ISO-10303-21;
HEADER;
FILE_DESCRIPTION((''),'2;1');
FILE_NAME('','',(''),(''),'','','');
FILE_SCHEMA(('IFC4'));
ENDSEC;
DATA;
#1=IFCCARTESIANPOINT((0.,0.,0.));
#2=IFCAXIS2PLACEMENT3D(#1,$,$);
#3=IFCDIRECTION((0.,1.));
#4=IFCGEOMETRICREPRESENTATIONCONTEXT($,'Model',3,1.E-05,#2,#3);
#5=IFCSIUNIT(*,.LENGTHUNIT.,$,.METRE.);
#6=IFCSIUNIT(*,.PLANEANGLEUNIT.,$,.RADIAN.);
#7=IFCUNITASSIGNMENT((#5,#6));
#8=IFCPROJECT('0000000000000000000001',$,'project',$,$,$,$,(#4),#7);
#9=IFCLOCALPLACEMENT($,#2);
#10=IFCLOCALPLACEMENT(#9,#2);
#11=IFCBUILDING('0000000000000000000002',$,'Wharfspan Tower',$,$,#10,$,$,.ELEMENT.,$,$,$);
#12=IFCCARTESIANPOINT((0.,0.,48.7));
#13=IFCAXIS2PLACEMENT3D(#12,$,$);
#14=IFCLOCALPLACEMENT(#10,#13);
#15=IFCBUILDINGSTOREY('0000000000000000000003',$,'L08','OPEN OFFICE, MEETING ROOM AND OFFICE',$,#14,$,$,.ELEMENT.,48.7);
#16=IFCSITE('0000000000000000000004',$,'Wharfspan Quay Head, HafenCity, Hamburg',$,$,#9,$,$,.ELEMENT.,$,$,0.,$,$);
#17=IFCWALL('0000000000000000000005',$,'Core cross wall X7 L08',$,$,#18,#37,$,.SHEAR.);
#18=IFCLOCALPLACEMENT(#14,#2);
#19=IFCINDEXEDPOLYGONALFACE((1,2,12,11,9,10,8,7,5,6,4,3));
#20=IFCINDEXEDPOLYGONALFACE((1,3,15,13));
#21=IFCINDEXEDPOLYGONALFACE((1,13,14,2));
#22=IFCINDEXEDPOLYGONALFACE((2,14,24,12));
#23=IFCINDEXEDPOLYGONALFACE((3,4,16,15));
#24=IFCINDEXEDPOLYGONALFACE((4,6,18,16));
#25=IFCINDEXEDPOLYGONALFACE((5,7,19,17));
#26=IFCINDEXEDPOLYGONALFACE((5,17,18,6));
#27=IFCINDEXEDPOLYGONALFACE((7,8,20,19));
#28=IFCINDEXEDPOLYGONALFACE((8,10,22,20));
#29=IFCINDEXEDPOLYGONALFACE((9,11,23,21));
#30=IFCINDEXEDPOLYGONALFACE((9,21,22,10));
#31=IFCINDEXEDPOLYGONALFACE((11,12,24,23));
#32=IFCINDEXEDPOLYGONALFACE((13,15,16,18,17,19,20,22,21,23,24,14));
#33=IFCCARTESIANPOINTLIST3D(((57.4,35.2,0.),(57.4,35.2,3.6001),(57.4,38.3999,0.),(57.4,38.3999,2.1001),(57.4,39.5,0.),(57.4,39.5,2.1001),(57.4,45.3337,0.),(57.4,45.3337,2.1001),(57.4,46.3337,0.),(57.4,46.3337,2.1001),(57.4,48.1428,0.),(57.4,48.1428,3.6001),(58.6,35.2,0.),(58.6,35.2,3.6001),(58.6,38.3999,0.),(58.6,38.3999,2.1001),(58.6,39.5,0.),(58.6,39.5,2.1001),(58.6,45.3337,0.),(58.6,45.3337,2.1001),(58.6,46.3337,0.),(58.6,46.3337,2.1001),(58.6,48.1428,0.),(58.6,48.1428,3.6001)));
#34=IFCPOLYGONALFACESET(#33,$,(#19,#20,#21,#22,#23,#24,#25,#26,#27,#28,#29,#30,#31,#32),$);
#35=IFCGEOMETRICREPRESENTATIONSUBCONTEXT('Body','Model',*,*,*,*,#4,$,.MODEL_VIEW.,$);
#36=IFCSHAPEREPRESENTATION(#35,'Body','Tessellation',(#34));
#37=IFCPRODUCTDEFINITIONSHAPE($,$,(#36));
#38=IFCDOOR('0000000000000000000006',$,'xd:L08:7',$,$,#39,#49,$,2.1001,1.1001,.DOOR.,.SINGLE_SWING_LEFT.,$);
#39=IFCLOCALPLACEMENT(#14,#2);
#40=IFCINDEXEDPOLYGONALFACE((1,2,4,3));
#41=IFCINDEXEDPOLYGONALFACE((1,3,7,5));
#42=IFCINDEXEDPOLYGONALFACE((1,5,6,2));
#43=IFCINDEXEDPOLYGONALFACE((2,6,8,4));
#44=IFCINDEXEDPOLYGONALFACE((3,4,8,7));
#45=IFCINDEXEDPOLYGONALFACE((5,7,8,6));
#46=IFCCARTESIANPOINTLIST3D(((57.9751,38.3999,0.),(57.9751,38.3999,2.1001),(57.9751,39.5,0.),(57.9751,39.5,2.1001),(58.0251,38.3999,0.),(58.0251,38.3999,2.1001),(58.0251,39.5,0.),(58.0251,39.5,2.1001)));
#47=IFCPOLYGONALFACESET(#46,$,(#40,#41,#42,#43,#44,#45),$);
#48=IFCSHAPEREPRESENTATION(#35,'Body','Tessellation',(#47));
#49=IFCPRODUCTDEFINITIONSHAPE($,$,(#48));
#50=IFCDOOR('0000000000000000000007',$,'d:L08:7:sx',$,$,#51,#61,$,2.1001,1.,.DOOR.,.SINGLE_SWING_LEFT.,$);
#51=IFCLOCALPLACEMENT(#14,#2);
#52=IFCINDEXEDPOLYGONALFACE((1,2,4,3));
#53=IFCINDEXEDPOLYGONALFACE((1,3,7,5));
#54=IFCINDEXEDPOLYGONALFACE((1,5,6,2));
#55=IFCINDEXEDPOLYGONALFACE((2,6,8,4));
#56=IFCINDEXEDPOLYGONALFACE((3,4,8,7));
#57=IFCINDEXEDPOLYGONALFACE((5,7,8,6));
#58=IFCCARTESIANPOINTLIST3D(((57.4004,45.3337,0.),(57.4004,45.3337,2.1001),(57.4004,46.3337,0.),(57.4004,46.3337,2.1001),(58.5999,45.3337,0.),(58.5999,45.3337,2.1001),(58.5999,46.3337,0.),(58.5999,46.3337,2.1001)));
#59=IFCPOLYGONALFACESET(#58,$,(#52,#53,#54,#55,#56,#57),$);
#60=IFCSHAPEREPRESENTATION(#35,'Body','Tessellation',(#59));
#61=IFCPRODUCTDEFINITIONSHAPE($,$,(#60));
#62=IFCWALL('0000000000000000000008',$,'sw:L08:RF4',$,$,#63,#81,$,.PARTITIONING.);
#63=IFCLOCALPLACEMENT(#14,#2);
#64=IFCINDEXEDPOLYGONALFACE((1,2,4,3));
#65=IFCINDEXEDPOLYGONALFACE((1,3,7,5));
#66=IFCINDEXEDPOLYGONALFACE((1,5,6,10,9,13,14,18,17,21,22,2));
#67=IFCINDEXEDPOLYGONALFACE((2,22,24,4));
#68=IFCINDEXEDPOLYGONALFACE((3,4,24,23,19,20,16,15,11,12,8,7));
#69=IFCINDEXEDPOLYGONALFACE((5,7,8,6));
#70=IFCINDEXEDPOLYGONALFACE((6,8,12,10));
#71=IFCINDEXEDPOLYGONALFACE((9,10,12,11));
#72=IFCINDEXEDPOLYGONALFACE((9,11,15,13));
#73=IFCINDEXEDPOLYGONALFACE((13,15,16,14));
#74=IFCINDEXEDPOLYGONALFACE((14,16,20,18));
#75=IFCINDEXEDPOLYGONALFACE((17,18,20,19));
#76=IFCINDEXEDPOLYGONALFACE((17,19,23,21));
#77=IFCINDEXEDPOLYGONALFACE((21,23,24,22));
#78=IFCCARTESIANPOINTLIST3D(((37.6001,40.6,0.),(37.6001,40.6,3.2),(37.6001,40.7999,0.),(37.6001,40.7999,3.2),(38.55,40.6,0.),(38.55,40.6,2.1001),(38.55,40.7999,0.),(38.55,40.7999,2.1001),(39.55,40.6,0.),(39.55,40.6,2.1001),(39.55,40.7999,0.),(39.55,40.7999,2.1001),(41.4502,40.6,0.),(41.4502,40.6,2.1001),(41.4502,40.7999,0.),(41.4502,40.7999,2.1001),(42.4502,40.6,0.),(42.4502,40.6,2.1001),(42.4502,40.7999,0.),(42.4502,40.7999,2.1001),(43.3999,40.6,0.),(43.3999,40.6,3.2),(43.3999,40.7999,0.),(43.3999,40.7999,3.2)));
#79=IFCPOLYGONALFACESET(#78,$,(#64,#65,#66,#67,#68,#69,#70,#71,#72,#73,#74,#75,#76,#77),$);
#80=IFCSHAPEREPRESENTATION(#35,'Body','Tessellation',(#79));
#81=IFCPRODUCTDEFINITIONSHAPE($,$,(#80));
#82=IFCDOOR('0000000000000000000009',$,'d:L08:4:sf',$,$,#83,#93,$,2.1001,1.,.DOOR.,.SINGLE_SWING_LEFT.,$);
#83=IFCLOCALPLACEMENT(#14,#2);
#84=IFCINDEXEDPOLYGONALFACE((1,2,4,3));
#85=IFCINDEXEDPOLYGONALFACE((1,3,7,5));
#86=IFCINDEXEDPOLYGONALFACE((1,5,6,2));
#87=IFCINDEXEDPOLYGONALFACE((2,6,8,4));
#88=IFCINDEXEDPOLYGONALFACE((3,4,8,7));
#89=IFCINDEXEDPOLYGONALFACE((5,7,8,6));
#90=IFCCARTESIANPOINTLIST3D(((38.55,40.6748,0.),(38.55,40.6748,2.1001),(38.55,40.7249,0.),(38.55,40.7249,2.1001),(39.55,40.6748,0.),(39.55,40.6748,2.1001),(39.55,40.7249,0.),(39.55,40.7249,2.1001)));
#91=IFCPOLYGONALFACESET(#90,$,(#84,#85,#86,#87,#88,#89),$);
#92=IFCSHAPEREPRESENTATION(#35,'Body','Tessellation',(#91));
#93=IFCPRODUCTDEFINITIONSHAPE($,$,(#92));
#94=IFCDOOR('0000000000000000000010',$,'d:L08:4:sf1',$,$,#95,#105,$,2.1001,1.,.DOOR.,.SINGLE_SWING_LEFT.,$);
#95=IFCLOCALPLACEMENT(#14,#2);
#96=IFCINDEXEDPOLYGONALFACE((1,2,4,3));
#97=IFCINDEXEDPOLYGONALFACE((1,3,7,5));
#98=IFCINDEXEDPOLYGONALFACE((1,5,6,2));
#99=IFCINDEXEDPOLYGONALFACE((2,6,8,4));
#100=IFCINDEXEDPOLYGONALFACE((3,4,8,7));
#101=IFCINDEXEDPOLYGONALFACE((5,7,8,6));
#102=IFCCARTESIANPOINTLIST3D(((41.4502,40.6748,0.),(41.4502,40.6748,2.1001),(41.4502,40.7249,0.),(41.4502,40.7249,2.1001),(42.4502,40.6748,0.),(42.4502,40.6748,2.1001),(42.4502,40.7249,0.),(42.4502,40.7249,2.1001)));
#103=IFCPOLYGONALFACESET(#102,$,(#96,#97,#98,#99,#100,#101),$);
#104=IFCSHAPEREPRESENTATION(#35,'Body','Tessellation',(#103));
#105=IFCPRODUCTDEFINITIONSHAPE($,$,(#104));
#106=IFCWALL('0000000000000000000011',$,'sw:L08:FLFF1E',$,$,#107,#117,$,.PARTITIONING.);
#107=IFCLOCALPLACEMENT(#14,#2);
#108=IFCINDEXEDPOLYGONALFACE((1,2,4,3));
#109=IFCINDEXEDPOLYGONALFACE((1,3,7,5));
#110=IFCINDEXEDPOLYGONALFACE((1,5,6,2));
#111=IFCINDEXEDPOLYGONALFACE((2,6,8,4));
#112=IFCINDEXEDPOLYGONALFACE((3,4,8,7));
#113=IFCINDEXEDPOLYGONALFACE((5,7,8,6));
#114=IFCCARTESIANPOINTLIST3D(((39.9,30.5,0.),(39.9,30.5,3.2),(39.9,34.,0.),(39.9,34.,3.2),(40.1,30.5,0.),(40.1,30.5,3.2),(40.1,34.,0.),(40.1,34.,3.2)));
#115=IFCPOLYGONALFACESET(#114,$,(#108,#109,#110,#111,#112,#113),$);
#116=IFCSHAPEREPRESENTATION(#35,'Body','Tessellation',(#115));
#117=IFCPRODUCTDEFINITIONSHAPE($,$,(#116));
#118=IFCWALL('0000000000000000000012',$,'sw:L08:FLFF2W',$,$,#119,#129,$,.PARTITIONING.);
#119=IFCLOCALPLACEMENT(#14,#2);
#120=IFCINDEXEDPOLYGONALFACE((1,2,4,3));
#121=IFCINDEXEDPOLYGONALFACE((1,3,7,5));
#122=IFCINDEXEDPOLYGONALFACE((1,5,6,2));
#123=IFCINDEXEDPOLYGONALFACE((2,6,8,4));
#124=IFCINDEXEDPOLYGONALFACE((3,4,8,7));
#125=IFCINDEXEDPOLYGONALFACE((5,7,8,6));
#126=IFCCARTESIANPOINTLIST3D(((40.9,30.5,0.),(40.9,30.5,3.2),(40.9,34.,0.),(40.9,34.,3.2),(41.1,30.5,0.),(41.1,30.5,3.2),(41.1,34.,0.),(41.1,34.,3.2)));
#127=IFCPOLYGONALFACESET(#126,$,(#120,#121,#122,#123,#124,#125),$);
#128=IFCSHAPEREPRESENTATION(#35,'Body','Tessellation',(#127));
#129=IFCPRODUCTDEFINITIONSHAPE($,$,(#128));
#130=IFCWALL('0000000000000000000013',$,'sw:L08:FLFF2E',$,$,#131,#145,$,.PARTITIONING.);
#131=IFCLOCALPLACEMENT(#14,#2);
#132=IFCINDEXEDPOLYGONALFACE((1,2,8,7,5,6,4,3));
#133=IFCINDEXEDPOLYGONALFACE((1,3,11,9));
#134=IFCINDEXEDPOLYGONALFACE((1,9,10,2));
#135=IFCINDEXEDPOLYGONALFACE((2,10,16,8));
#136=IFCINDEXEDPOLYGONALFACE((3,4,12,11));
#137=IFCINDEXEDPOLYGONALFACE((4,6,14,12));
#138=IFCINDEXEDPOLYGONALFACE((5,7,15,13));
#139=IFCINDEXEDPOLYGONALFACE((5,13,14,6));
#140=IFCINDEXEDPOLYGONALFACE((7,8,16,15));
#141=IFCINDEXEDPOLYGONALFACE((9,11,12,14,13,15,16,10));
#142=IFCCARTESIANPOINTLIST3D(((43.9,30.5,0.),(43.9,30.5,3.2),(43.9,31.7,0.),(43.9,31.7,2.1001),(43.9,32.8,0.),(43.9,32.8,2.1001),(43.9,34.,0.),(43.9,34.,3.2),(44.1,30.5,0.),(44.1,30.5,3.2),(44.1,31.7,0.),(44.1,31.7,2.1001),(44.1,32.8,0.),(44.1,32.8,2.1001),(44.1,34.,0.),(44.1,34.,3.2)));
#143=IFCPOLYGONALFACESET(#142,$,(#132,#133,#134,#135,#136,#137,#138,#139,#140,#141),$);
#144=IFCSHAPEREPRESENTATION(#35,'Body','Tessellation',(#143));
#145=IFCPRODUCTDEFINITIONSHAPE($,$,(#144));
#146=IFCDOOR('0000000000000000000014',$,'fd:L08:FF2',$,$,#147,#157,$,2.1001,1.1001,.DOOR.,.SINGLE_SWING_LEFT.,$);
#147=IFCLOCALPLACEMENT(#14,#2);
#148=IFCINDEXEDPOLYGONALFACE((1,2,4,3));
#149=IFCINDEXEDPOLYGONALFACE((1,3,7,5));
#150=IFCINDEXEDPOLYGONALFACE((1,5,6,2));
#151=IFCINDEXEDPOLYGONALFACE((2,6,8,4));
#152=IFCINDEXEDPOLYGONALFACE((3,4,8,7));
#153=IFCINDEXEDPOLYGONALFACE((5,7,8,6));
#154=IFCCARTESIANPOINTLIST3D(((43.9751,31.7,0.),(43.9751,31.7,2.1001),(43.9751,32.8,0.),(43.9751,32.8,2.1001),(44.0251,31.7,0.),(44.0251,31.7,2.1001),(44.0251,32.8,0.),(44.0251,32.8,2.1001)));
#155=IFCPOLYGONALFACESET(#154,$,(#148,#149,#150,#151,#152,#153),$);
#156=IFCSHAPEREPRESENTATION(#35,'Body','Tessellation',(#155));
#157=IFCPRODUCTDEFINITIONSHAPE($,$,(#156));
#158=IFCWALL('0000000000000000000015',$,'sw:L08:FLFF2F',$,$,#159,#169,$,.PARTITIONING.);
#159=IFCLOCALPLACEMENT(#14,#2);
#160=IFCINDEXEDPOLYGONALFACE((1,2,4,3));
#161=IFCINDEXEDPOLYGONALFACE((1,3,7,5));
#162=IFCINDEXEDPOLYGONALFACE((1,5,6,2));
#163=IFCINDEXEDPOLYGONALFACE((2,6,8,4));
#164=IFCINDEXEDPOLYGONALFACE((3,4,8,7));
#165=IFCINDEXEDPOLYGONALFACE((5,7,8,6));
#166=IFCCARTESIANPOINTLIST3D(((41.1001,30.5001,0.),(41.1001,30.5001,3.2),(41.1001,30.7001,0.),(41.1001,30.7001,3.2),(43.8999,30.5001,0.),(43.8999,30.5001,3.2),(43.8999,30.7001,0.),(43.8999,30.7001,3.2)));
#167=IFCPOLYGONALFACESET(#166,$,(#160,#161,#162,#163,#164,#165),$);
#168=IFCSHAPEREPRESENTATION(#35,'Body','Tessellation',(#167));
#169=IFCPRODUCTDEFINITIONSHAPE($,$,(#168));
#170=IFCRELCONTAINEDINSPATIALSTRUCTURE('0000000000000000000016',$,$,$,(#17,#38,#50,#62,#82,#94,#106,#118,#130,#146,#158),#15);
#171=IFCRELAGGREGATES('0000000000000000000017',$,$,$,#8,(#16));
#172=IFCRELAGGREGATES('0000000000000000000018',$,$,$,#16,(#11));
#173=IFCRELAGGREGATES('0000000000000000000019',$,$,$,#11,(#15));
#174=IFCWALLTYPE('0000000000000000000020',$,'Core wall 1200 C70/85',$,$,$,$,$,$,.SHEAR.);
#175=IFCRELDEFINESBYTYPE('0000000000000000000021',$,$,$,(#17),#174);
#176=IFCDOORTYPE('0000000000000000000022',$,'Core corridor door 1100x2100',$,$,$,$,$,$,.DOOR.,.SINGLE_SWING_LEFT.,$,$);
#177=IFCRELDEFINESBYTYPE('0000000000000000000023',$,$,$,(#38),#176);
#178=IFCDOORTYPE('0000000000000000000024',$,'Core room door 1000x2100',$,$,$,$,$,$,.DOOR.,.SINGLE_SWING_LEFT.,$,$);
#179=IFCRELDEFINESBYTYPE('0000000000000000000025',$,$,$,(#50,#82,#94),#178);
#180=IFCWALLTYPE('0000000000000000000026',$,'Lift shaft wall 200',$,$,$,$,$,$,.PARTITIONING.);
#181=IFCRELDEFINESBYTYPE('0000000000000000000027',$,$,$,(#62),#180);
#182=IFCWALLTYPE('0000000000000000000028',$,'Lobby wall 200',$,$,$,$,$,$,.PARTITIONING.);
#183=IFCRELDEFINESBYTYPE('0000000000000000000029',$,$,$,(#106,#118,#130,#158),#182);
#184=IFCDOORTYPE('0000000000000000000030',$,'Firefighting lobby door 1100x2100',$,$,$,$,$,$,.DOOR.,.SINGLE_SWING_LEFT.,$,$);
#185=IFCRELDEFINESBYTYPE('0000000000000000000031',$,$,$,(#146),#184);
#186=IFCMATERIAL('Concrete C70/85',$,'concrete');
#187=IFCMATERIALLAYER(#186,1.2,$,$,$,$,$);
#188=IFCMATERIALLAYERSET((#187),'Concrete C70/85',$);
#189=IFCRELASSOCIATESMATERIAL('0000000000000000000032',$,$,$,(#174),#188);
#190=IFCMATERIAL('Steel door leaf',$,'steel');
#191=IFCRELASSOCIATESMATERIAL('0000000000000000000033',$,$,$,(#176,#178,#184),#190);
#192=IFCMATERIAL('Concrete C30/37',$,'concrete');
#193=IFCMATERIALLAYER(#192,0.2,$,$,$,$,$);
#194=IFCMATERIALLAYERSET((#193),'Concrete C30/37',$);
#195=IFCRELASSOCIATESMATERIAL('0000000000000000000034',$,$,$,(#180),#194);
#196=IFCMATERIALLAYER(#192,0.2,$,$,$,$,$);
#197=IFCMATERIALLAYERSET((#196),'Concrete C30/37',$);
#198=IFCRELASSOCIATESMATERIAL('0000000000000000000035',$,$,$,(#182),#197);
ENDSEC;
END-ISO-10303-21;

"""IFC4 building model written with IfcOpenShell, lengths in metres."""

from ifc_helpers import new_model, si_unit, direction, frame, frame_2d, origin, place, context, subcontext, project, spatial, rectangle, extrude, material, layer, layer_set, type_object, element, fill, save


model = new_model("IFC4")

# Units and contexts
model_context = context("Model", 3, precision=1e-05, world=origin(), true_north=direction((0.0, 1.0)))
body_context = subcontext(model_context, "Body", "Model", "MODEL_VIEW")
ifc_project = project(units=[si_unit("LENGTHUNIT", "METRE"), si_unit("PLANEANGLEUNIT", "RADIAN")], contexts=[model_context])

# Site, building, storey
site_placement = place(None, origin())
site = spatial("IfcSite", under=ifc_project, at=site_placement, Name="Wharfspan Quay Head, HafenCity, Hamburg", CompositionType="ELEMENT", RefElevation=0.0)
building_placement = place(site_placement, origin())
building = spatial("IfcBuilding", under=site, at=building_placement, Name="Wharfspan Tower", CompositionType="ELEMENT")
storey_placement = place(building_placement, frame((0.0, 0.0, 48.7)))
storey = spatial("IfcBuildingStorey", under=building, at=storey_placement, Name="L08", Description="OPEN OFFICE, MEETING ROOM AND OFFICE", CompositionType="ELEMENT", Elevation=48.7)

# Shared definitions
ifc_material_1 = material(Name="Concrete C70/85", Category="concrete")
ifc_layer_1 = layer(ifc_material_1, 1.2)
ifc_layer_set_1 = layer_set([ifc_layer_1], Name="Concrete C70/85")
wall_type_1 = type_object("IfcWallType", Name="Core wall 1200 C70/85", PredefinedType="SHEAR", material=ifc_layer_set_1)
ifc_material_2 = material(Name="Steel door leaf", Category="steel")
door_type_1 = type_object("IfcDoorType", Name="Core corridor door 1100x2100", OperationType="SINGLE_SWING_LEFT", PredefinedType="DOOR", material=ifc_material_2)
door_type_2 = type_object("IfcDoorType", Name="Core room door 1000x2100", OperationType="SINGLE_SWING_LEFT", PredefinedType="DOOR", material=ifc_material_2)

# Walls, openings, doors
wall_1_placement = place(storey_placement, frame((58.0, 35.2, 0.0), z_axis=(0.0, 0.0, 1.0), x_axis=(0.0, 1.0, 0.0)))
wall_1 = element("IfcWall", 1, at=wall_1_placement, inside=storey, type_object=wall_type_1, Name="Core cross wall X7 L08", PredefinedType="SHEAR", context=body_context, shape_type="SweptSolid", body=[
    extrude(rectangle(XDim=12.9429, YDim=1.2, at=frame_2d((6.4714, 0.0))), origin(), (0.0, 0.0, 1.0), 3.6001),
])
opening_1_placement = place(wall_1_placement, frame((10.1338, 0.0, 0.0)))
opening_1 = element("IfcOpeningElement", 2, at=opening_1_placement, cuts=wall_1, PredefinedType="OPENING", context=body_context, shape_type="SweptSolid", body=[
    extrude(rectangle(XDim=1.0, YDim=2.1001, at=frame_2d((0.5, 1.05))), frame((0.0, 0.6099, 0.0), z_axis=(0.0, -1.0, 0.0), x_axis=(1.0, 0.0, 0.0)), (0.0, 0.0, 1.0), 1.22),
])
opening_2_placement = place(wall_1_placement, frame((3.2, 0.0, 0.0)))
opening_2 = element("IfcOpeningElement", 3, at=opening_2_placement, cuts=wall_1, PredefinedType="OPENING", context=body_context, shape_type="SweptSolid", body=[
    extrude(rectangle(XDim=1.1001, YDim=2.1001, at=frame_2d((0.55, 1.05))), frame((0.0, 0.6099, 0.0), z_axis=(0.0, -1.0, 0.0), x_axis=(1.0, 0.0, 0.0)), (0.0, 0.0, 1.0), 1.22),
])
door_1_placement = place(opening_2_placement, origin())
door_1 = element("IfcDoor", 4, at=door_1_placement, inside=storey, type_object=door_type_1, Name="xd:L08:7", OperationType="SINGLE_SWING_LEFT", OverallHeight=2.1001, OverallWidth=1.1001, PredefinedType="DOOR", context=body_context, shape_type="SweptSolid", body=[
    extrude(rectangle(XDim=1.1001, YDim=2.1001, at=frame_2d((0.55, 1.05))), frame((0.0, 0.0249, 0.0), z_axis=(0.0, -1.0, 0.0), x_axis=(1.0, 0.0, 0.0)), (0.0, 0.0, 1.0), 0.05),
])
fill(opening_2, door_1)
door_2_placement = place(opening_1_placement, origin())
door_2 = element("IfcDoor", 5, at=door_2_placement, inside=storey, type_object=door_type_2, Name="d:L08:7:sx", OperationType="SINGLE_SWING_LEFT", OverallHeight=2.1001, OverallWidth=1.0, PredefinedType="DOOR", context=body_context, shape_type="SweptSolid", body=[
    extrude(rectangle(XDim=1.0, YDim=2.1001, at=frame_2d((0.5, 1.05))), frame((0.0, 0.5996, 0.0), z_axis=(0.0, -1.0, 0.0), x_axis=(1.0, 0.0, 0.0)), (0.0, 0.0, 1.0), 1.1995),
])
fill(opening_1, door_2)
ifc_material_3 = material(Name="Concrete C30/37", Category="concrete")
ifc_layer_2 = layer(ifc_material_3, 0.2)
ifc_layer_set_2 = layer_set([ifc_layer_2], Name="Concrete C30/37")
wall_type_2 = type_object("IfcWallType", Name="Lift shaft wall 200", PredefinedType="PARTITIONING", material=ifc_layer_set_2)
wall_2_placement = place(storey_placement, frame((37.6001, 40.7, 0.0), z_axis=(0.0, 0.0, 1.0), x_axis=(1.0, 0.0, 0.0)))
wall_2 = element("IfcWall", 6, at=wall_2_placement, inside=storey, type_object=wall_type_2, Name="sw:L08:RF4", PredefinedType="PARTITIONING", context=body_context, shape_type="SweptSolid", body=[
    extrude(rectangle(XDim=5.7998, YDim=0.2, at=frame_2d((2.8999, 0.0))), origin(), (0.0, 0.0, 1.0), 3.2),
])
opening_3_placement = place(wall_2_placement, frame((0.95, 0.0, 0.0)))
opening_3 = element("IfcOpeningElement", 7, at=opening_3_placement, cuts=wall_2, PredefinedType="OPENING", context=body_context, shape_type="SweptSolid", body=[
    extrude(rectangle(XDim=1.0, YDim=2.1001, at=frame_2d((0.5, 1.05))), frame((0.0, 0.1099, 0.0), z_axis=(0.0, -1.0, 0.0), x_axis=(1.0, 0.0, 0.0)), (0.0, 0.0, 1.0), 0.22),
])
opening_4_placement = place(wall_2_placement, frame((3.8501, 0.0, 0.0)))
opening_4 = element("IfcOpeningElement", 8, at=opening_4_placement, cuts=wall_2, PredefinedType="OPENING", context=body_context, shape_type="SweptSolid", body=[
    extrude(rectangle(XDim=1.0, YDim=2.1001, at=frame_2d((0.5, 1.05))), frame((0.0, 0.1099, 0.0), z_axis=(0.0, -1.0, 0.0), x_axis=(1.0, 0.0, 0.0)), (0.0, 0.0, 1.0), 0.22),
])
door_3_placement = place(opening_3_placement, origin())
door_3 = element("IfcDoor", 9, at=door_3_placement, inside=storey, type_object=door_type_2, Name="d:L08:4:sf", OperationType="SINGLE_SWING_LEFT", OverallHeight=2.1001, OverallWidth=1.0, PredefinedType="DOOR", context=body_context, shape_type="SweptSolid", body=[
    extrude(rectangle(XDim=1.0, YDim=2.1001, at=frame_2d((0.5, 1.05))), frame((0.0, 0.0249, 0.0), z_axis=(0.0, -1.0, 0.0), x_axis=(1.0, 0.0, 0.0)), (0.0, 0.0, 1.0), 0.05),
])
fill(opening_3, door_3)
door_4_placement = place(opening_4_placement, origin())
door_4 = element("IfcDoor", 10, at=door_4_placement, inside=storey, type_object=door_type_2, Name="d:L08:4:sf1", OperationType="SINGLE_SWING_LEFT", OverallHeight=2.1001, OverallWidth=1.0, PredefinedType="DOOR", context=body_context, shape_type="SweptSolid", body=[
    extrude(rectangle(XDim=1.0, YDim=2.1001, at=frame_2d((0.5, 1.05))), frame((0.0, 0.0249, 0.0), z_axis=(0.0, -1.0, 0.0), x_axis=(1.0, 0.0, 0.0)), (0.0, 0.0, 1.0), 0.05),
])
fill(opening_4, door_4)

# Walls
ifc_layer_3 = layer(ifc_material_3, 0.2)
ifc_layer_set_3 = layer_set([ifc_layer_3], Name="Concrete C30/37")
wall_type_3 = type_object("IfcWallType", Name="Lobby wall 200", PredefinedType="PARTITIONING", material=ifc_layer_set_3)
for number, where, z_axis, x_axis, name in (
    (11, (40.0, 30.5, 0.0), (0.0, 0.0, 1.0), (0.0, 1.0, 0.0), "sw:L08:FLFF1E"),
    (12, (41.0, 30.5, 0.0), (0.0, 0.0, 1.0), (0.0, 1.0, 0.0), "sw:L08:FLFF2W"),
):
    element("IfcWall", number, at=place(storey_placement, frame(where, z_axis=z_axis, x_axis=x_axis)), inside=storey, type_object=wall_type_3, Name=name, PredefinedType="PARTITIONING", context=body_context, shape_type="SweptSolid", body=[
        extrude(rectangle(XDim=3.5, YDim=0.2, at=frame_2d((1.75, 0.0))), origin(), (0.0, 0.0, 1.0), 3.2),
    ])

# Wall, opening, door
wall_3_placement = place(storey_placement, frame((44.0, 30.5, 0.0), z_axis=(0.0, 0.0, 1.0), x_axis=(0.0, 1.0, 0.0)))
wall_3 = element("IfcWall", 13, at=wall_3_placement, inside=storey, type_object=wall_type_3, Name="sw:L08:FLFF2E", PredefinedType="PARTITIONING", context=body_context, shape_type="SweptSolid", body=[
    extrude(rectangle(XDim=3.5, YDim=0.2, at=frame_2d((1.75, 0.0))), origin(), (0.0, 0.0, 1.0), 3.2),
])
opening_5_placement = place(wall_3_placement, frame((1.2, 0.0, 0.0)))
opening_5 = element("IfcOpeningElement", 14, at=opening_5_placement, cuts=wall_3, PredefinedType="OPENING", context=body_context, shape_type="SweptSolid", body=[
    extrude(rectangle(XDim=1.1001, YDim=2.1001, at=frame_2d((0.55, 1.05))), frame((0.0, 0.1099, 0.0), z_axis=(0.0, -1.0, 0.0), x_axis=(1.0, 0.0, 0.0)), (0.0, 0.0, 1.0), 0.22),
])
door_type_3 = type_object("IfcDoorType", Name="Firefighting lobby door 1100x2100", OperationType="SINGLE_SWING_LEFT", PredefinedType="DOOR", material=ifc_material_2)
door_5_placement = place(opening_5_placement, origin())
door_5 = element("IfcDoor", 15, at=door_5_placement, inside=storey, type_object=door_type_3, Name="fd:L08:FF2", OperationType="SINGLE_SWING_LEFT", OverallHeight=2.1001, OverallWidth=1.1001, PredefinedType="DOOR", context=body_context, shape_type="SweptSolid", body=[
    extrude(rectangle(XDim=1.1001, YDim=2.1001, at=frame_2d((0.55, 1.05))), frame((0.0, 0.0249, 0.0), z_axis=(0.0, -1.0, 0.0), x_axis=(1.0, 0.0, 0.0)), (0.0, 0.0, 1.0), 0.05),
])
fill(opening_5, door_5)

# Wall
wall_4_placement = place(storey_placement, frame((41.1001, 30.6001, 0.0), z_axis=(0.0, 0.0, 1.0), x_axis=(1.0, 0.0, 0.0)))
element("IfcWall", 16, at=wall_4_placement, inside=storey, type_object=wall_type_3, Name="sw:L08:FLFF2F", PredefinedType="PARTITIONING", context=body_context, shape_type="SweptSolid", body=[
    extrude(rectangle(XDim=2.7998, YDim=0.2, at=frame_2d((1.3999, 0.0))), origin(), (0.0, 0.0, 1.0), 3.2),
])

save(model, "model.ifc")
